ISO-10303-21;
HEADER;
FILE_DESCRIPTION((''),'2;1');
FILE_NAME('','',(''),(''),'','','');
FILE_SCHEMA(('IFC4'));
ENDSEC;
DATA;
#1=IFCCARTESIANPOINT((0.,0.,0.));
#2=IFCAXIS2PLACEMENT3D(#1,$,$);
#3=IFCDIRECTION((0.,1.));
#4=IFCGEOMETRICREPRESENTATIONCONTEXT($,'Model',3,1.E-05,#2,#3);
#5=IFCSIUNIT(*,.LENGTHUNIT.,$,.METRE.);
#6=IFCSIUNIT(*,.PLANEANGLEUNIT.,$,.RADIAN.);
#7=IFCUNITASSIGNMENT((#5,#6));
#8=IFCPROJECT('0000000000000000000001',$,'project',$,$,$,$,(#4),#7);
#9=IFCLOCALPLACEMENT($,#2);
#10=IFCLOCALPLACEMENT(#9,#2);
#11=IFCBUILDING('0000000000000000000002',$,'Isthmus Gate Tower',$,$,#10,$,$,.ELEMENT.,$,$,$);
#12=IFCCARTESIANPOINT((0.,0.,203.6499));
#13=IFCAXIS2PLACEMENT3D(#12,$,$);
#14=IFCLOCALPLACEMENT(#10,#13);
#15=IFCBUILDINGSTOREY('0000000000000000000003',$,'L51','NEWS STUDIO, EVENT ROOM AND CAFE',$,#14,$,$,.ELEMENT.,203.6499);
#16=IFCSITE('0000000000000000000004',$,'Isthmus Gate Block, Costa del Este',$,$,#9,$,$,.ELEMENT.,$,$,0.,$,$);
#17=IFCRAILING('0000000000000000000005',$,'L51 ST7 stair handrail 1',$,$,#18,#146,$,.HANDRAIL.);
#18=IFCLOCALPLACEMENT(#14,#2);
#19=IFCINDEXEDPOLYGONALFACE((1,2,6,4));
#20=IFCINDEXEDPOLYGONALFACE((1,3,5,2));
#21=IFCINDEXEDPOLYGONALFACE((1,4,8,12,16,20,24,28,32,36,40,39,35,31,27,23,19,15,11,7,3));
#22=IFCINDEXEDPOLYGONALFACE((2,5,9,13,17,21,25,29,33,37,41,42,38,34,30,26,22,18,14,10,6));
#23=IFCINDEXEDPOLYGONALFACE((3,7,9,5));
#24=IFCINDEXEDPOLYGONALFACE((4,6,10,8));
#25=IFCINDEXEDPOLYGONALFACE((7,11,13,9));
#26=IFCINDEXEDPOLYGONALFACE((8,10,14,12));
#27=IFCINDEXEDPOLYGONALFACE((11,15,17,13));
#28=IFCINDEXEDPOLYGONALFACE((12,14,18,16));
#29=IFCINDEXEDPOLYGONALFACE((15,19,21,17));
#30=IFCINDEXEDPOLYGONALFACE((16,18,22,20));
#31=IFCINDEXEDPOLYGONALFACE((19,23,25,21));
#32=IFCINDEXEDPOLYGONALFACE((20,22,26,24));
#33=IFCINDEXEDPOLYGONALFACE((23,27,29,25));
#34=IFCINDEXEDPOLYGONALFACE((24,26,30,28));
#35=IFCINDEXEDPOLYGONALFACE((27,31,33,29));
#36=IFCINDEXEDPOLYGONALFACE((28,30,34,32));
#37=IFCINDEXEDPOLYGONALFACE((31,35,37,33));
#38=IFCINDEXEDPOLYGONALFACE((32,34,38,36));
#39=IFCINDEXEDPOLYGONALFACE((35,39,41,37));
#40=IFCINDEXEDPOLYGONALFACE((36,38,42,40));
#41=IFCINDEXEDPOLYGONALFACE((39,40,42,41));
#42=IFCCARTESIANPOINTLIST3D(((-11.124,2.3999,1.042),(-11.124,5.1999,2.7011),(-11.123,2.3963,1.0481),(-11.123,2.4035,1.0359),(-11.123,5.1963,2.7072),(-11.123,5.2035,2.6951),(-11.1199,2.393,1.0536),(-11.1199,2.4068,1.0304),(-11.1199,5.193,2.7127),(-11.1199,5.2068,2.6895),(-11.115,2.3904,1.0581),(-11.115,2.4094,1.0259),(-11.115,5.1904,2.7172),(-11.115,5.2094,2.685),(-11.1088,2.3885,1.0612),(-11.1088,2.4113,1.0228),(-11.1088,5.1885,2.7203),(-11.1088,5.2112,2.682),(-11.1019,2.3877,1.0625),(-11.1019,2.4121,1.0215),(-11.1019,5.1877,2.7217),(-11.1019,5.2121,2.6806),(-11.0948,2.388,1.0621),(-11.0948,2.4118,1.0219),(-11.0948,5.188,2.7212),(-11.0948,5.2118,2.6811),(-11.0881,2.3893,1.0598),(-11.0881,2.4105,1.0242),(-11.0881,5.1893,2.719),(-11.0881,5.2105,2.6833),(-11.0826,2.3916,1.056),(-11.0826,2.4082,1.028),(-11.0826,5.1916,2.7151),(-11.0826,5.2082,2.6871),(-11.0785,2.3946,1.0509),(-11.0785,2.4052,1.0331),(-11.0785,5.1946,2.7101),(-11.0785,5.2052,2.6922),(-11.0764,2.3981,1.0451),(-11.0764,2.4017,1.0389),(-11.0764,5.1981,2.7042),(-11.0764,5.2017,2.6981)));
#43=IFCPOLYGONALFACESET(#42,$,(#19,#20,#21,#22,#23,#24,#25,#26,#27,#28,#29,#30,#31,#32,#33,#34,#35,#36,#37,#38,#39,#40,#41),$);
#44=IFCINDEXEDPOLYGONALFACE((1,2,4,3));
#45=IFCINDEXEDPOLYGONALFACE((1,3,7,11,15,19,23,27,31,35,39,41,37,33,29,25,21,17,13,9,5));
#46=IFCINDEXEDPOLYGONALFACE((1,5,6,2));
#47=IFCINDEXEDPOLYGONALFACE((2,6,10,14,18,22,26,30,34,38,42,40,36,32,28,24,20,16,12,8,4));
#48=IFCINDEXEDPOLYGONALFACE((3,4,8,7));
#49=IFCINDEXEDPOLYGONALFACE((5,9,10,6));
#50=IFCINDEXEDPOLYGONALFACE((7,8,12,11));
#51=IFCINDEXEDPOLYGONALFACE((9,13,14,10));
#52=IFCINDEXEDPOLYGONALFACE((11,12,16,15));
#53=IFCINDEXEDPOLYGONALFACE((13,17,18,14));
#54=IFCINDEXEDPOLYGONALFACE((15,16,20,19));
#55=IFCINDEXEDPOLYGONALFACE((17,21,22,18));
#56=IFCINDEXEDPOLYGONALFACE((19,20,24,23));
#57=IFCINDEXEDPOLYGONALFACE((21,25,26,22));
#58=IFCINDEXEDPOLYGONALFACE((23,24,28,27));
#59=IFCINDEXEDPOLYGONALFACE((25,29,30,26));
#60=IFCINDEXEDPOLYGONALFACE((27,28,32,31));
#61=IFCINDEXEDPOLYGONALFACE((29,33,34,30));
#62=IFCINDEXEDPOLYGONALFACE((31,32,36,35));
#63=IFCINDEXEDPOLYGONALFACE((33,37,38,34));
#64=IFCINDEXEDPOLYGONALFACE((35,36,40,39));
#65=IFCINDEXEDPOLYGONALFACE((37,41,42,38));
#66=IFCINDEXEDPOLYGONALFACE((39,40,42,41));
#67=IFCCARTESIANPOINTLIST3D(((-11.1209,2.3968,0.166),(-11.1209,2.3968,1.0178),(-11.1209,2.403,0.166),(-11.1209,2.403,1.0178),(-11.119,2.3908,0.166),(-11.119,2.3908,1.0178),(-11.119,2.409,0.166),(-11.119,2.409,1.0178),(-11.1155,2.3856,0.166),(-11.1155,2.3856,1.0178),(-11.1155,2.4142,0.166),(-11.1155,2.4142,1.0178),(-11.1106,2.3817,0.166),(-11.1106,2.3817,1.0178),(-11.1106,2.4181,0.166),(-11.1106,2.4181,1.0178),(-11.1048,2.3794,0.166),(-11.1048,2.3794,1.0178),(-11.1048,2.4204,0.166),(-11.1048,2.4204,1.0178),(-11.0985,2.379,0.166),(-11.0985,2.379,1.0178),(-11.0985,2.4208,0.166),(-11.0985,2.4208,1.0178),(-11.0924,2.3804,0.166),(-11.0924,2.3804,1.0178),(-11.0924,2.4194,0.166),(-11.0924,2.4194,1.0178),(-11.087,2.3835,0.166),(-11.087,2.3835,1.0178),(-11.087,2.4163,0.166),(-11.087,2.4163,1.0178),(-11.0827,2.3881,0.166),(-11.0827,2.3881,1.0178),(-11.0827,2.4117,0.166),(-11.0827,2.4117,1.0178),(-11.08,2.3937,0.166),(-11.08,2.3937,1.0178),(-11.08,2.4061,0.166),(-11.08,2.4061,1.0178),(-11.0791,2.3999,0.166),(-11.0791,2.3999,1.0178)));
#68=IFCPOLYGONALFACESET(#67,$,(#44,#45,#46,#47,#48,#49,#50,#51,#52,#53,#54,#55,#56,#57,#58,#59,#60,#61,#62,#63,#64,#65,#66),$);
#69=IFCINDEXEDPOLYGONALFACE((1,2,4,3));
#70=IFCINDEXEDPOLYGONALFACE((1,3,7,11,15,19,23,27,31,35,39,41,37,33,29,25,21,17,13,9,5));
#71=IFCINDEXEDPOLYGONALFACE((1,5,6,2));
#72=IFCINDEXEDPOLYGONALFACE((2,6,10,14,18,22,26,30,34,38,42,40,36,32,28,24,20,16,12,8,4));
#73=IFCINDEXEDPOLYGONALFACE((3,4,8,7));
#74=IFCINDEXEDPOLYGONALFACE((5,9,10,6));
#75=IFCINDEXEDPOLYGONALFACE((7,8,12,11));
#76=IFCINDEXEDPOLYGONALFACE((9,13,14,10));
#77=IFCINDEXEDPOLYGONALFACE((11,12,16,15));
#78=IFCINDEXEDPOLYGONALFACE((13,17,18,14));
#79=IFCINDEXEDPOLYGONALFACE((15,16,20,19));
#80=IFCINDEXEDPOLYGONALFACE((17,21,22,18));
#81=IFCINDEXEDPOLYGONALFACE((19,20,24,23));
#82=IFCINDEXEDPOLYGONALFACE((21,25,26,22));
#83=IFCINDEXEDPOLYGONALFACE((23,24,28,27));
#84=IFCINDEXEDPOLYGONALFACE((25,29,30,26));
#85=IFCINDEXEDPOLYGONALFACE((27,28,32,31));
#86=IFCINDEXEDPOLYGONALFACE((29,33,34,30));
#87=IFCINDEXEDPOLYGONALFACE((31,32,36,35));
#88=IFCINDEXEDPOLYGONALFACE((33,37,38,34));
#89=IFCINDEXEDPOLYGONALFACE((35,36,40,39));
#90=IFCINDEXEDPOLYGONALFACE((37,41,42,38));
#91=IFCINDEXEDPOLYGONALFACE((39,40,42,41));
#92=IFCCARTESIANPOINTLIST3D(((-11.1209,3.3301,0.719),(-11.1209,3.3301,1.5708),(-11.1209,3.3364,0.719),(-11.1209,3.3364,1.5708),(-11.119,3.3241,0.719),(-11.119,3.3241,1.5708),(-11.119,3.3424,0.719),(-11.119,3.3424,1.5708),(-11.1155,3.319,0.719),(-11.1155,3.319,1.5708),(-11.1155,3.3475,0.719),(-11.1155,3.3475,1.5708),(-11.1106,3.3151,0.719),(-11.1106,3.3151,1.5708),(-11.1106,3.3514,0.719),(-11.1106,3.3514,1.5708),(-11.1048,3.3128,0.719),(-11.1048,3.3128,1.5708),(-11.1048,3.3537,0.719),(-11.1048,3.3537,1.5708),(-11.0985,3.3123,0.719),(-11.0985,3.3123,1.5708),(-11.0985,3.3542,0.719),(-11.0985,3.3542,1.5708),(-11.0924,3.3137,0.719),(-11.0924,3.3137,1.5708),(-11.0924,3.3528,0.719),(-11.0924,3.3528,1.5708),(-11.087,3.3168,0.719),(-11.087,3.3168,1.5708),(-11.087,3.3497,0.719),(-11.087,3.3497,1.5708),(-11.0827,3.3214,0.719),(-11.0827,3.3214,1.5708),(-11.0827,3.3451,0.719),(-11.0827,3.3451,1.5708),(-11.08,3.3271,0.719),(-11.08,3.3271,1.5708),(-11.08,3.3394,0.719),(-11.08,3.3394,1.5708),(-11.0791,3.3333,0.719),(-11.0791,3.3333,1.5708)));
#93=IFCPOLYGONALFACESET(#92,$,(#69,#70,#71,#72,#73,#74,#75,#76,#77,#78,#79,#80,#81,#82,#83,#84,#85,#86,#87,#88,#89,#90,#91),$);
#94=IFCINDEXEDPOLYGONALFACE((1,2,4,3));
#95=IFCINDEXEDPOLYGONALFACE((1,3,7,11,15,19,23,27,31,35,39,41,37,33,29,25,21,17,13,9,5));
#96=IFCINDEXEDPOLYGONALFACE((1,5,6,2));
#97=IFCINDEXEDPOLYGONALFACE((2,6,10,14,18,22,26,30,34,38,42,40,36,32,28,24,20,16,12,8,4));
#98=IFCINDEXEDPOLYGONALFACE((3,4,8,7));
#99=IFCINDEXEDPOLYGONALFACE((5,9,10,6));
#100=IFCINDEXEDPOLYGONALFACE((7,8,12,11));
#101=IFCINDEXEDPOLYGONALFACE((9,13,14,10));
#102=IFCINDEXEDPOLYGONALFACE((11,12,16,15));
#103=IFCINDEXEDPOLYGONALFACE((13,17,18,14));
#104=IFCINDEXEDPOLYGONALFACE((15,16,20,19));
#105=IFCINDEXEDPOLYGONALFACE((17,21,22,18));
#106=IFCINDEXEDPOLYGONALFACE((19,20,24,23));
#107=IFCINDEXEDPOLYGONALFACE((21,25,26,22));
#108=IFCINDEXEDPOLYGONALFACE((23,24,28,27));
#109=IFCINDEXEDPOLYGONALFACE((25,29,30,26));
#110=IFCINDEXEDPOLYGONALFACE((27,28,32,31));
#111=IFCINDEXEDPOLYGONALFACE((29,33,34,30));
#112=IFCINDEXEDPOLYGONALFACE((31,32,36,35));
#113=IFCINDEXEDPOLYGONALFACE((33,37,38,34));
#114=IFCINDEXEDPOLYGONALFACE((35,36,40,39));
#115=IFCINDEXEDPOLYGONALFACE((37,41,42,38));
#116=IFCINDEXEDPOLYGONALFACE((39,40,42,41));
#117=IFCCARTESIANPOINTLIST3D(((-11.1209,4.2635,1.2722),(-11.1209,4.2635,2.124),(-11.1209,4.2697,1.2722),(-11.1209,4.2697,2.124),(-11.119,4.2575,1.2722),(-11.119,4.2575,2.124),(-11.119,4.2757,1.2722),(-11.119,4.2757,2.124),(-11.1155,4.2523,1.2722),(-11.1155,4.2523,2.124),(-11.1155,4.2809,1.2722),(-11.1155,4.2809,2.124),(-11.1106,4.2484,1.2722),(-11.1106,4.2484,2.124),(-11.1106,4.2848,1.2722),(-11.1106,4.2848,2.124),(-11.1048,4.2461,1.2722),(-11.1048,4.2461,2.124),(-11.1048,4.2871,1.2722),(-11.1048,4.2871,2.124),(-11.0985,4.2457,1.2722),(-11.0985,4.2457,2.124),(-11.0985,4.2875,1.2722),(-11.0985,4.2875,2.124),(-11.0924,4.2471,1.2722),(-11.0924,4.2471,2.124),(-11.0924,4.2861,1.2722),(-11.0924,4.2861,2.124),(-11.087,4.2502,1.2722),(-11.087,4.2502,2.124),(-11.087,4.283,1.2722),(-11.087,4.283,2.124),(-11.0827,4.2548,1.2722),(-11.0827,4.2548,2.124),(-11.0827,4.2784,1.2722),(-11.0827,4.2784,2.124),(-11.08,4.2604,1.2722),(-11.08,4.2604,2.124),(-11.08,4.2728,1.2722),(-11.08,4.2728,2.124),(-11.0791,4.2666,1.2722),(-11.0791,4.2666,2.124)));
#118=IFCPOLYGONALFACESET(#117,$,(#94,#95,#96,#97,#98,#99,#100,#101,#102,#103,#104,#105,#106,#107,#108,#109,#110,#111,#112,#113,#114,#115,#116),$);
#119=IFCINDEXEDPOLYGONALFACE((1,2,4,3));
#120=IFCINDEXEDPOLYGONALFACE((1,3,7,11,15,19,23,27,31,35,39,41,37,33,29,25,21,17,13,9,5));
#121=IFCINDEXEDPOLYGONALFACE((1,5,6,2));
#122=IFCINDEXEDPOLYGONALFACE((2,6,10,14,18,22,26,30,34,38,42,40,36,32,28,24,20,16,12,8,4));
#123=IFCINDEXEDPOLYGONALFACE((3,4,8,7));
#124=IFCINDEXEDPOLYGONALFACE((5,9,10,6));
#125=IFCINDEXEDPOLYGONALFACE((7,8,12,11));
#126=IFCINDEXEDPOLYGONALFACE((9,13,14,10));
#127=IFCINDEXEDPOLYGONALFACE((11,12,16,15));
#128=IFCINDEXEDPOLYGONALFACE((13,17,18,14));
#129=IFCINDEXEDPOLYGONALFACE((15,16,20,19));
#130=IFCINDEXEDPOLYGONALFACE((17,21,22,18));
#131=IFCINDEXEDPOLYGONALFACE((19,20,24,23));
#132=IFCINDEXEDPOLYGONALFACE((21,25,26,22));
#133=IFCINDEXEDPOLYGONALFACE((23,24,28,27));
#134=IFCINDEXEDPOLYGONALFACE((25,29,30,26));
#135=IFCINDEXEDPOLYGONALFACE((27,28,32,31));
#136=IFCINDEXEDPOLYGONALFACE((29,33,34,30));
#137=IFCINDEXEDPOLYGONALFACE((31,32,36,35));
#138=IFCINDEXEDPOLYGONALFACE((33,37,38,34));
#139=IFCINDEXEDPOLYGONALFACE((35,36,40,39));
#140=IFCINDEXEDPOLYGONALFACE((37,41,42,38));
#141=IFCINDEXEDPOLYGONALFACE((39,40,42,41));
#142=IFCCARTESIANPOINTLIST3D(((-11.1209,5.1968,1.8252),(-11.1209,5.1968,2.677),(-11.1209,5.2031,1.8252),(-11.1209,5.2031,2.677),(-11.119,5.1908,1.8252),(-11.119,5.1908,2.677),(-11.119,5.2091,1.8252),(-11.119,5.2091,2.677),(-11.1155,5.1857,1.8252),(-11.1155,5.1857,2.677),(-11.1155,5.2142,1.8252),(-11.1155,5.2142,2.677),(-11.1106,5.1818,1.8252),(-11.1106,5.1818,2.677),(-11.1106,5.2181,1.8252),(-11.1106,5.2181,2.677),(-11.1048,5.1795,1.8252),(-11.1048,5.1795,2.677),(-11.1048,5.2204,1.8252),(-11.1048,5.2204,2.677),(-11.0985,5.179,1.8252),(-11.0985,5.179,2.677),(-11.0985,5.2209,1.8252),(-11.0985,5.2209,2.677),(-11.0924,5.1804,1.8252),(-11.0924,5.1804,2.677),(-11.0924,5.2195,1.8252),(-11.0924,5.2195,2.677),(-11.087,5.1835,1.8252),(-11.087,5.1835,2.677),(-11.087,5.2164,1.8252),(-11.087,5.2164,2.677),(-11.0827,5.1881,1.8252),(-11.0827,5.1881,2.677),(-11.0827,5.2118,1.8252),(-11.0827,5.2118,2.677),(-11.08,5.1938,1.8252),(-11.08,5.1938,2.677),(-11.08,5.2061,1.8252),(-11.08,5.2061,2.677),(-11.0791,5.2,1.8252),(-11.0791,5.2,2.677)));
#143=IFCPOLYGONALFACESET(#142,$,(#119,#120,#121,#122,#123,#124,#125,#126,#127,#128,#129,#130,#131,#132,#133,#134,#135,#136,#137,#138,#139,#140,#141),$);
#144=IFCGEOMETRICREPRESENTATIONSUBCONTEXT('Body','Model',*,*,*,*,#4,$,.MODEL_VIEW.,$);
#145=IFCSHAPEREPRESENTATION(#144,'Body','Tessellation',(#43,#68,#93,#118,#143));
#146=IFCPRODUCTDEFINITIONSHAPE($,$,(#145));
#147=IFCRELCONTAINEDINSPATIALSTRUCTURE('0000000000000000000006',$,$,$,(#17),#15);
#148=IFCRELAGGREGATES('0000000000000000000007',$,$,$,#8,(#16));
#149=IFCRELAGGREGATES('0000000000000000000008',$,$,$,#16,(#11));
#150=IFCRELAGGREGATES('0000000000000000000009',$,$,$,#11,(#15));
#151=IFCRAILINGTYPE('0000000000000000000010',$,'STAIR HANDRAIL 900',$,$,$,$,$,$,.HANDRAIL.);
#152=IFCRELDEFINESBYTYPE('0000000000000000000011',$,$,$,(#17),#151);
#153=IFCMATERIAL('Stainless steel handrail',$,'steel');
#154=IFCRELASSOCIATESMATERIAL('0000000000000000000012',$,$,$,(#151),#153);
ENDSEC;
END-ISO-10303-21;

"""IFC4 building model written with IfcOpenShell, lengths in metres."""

from ifc_helpers import new_model, si_unit, direction, frame, origin, origin_2d, place, context, subcontext, project, spatial, circle, extrude, material, type_object, element, save


model = new_model("IFC4")

# Units and contexts
model_context = context("Model", 3, precision=1e-05, world=origin(), true_north=direction((0.0, 1.0)))
body_context = subcontext(model_context, "Body", "Model", "MODEL_VIEW")
ifc_project = project(units=[si_unit("LENGTHUNIT", "METRE"), si_unit("PLANEANGLEUNIT", "RADIAN")], contexts=[model_context])

# Site, building, storey
site_placement = place(None, origin())
site = spatial("IfcSite", under=ifc_project, at=site_placement, Name="Isthmus Gate Block, Costa del Este", CompositionType="ELEMENT", RefElevation=0.0)
building_placement = place(site_placement, origin())
building = spatial("IfcBuilding", under=site, at=building_placement, Name="Isthmus Gate Tower", CompositionType="ELEMENT")
storey_placement = place(building_placement, frame((0.0, 0.0, 203.6499)))
storey = spatial("IfcBuildingStorey", under=building, at=storey_placement, Name="L51", Description="NEWS STUDIO, EVENT ROOM AND CAFE", CompositionType="ELEMENT", Elevation=203.6499)

# Railing
ifc_material_1 = material(Name="Stainless steel handrail", Category="steel")
railing_type_1 = type_object("IfcRailingType", Name="STAIR HANDRAIL 900", PredefinedType="HANDRAIL", material=ifc_material_1)
railing_1_placement = place(storey_placement, frame((-11.1001, 2.3999, 0.166)))
element("IfcRailing", 1, at=railing_1_placement, inside=storey, type_object=railing_type_1, Name="L51 ST7 stair handrail 1", PredefinedType="HANDRAIL", context=body_context, shape_type="SweptSolid", body=[
    extrude(circle(Radius=0.0239, at=origin_2d()), frame((0.0, 0.0, 0.876), z_axis=(0.0, 0.860306, 0.509778), x_axis=(-1.0, 0.0, 0.0)), (0.0, 0.0, 1.0), 3.2546),
    extrude(circle(Radius=0.021, at=origin_2d()), origin(), (0.0, 0.0, 1.0), 0.8518),
    extrude(circle(Radius=0.021, at=origin_2d()), frame((0.0, 0.9333, 0.553)), (0.0, 0.0, 1.0), 0.8518),
    extrude(circle(Radius=0.021, at=origin_2d()), frame((0.0, 1.8667, 1.1062)), (0.0, 0.0, 1.0), 0.8518),
    extrude(circle(Radius=0.021, at=origin_2d()), frame((0.0, 2.8, 1.6592)), (0.0, 0.0, 1.0), 0.8518),
])

save(model, "model.ifc")
